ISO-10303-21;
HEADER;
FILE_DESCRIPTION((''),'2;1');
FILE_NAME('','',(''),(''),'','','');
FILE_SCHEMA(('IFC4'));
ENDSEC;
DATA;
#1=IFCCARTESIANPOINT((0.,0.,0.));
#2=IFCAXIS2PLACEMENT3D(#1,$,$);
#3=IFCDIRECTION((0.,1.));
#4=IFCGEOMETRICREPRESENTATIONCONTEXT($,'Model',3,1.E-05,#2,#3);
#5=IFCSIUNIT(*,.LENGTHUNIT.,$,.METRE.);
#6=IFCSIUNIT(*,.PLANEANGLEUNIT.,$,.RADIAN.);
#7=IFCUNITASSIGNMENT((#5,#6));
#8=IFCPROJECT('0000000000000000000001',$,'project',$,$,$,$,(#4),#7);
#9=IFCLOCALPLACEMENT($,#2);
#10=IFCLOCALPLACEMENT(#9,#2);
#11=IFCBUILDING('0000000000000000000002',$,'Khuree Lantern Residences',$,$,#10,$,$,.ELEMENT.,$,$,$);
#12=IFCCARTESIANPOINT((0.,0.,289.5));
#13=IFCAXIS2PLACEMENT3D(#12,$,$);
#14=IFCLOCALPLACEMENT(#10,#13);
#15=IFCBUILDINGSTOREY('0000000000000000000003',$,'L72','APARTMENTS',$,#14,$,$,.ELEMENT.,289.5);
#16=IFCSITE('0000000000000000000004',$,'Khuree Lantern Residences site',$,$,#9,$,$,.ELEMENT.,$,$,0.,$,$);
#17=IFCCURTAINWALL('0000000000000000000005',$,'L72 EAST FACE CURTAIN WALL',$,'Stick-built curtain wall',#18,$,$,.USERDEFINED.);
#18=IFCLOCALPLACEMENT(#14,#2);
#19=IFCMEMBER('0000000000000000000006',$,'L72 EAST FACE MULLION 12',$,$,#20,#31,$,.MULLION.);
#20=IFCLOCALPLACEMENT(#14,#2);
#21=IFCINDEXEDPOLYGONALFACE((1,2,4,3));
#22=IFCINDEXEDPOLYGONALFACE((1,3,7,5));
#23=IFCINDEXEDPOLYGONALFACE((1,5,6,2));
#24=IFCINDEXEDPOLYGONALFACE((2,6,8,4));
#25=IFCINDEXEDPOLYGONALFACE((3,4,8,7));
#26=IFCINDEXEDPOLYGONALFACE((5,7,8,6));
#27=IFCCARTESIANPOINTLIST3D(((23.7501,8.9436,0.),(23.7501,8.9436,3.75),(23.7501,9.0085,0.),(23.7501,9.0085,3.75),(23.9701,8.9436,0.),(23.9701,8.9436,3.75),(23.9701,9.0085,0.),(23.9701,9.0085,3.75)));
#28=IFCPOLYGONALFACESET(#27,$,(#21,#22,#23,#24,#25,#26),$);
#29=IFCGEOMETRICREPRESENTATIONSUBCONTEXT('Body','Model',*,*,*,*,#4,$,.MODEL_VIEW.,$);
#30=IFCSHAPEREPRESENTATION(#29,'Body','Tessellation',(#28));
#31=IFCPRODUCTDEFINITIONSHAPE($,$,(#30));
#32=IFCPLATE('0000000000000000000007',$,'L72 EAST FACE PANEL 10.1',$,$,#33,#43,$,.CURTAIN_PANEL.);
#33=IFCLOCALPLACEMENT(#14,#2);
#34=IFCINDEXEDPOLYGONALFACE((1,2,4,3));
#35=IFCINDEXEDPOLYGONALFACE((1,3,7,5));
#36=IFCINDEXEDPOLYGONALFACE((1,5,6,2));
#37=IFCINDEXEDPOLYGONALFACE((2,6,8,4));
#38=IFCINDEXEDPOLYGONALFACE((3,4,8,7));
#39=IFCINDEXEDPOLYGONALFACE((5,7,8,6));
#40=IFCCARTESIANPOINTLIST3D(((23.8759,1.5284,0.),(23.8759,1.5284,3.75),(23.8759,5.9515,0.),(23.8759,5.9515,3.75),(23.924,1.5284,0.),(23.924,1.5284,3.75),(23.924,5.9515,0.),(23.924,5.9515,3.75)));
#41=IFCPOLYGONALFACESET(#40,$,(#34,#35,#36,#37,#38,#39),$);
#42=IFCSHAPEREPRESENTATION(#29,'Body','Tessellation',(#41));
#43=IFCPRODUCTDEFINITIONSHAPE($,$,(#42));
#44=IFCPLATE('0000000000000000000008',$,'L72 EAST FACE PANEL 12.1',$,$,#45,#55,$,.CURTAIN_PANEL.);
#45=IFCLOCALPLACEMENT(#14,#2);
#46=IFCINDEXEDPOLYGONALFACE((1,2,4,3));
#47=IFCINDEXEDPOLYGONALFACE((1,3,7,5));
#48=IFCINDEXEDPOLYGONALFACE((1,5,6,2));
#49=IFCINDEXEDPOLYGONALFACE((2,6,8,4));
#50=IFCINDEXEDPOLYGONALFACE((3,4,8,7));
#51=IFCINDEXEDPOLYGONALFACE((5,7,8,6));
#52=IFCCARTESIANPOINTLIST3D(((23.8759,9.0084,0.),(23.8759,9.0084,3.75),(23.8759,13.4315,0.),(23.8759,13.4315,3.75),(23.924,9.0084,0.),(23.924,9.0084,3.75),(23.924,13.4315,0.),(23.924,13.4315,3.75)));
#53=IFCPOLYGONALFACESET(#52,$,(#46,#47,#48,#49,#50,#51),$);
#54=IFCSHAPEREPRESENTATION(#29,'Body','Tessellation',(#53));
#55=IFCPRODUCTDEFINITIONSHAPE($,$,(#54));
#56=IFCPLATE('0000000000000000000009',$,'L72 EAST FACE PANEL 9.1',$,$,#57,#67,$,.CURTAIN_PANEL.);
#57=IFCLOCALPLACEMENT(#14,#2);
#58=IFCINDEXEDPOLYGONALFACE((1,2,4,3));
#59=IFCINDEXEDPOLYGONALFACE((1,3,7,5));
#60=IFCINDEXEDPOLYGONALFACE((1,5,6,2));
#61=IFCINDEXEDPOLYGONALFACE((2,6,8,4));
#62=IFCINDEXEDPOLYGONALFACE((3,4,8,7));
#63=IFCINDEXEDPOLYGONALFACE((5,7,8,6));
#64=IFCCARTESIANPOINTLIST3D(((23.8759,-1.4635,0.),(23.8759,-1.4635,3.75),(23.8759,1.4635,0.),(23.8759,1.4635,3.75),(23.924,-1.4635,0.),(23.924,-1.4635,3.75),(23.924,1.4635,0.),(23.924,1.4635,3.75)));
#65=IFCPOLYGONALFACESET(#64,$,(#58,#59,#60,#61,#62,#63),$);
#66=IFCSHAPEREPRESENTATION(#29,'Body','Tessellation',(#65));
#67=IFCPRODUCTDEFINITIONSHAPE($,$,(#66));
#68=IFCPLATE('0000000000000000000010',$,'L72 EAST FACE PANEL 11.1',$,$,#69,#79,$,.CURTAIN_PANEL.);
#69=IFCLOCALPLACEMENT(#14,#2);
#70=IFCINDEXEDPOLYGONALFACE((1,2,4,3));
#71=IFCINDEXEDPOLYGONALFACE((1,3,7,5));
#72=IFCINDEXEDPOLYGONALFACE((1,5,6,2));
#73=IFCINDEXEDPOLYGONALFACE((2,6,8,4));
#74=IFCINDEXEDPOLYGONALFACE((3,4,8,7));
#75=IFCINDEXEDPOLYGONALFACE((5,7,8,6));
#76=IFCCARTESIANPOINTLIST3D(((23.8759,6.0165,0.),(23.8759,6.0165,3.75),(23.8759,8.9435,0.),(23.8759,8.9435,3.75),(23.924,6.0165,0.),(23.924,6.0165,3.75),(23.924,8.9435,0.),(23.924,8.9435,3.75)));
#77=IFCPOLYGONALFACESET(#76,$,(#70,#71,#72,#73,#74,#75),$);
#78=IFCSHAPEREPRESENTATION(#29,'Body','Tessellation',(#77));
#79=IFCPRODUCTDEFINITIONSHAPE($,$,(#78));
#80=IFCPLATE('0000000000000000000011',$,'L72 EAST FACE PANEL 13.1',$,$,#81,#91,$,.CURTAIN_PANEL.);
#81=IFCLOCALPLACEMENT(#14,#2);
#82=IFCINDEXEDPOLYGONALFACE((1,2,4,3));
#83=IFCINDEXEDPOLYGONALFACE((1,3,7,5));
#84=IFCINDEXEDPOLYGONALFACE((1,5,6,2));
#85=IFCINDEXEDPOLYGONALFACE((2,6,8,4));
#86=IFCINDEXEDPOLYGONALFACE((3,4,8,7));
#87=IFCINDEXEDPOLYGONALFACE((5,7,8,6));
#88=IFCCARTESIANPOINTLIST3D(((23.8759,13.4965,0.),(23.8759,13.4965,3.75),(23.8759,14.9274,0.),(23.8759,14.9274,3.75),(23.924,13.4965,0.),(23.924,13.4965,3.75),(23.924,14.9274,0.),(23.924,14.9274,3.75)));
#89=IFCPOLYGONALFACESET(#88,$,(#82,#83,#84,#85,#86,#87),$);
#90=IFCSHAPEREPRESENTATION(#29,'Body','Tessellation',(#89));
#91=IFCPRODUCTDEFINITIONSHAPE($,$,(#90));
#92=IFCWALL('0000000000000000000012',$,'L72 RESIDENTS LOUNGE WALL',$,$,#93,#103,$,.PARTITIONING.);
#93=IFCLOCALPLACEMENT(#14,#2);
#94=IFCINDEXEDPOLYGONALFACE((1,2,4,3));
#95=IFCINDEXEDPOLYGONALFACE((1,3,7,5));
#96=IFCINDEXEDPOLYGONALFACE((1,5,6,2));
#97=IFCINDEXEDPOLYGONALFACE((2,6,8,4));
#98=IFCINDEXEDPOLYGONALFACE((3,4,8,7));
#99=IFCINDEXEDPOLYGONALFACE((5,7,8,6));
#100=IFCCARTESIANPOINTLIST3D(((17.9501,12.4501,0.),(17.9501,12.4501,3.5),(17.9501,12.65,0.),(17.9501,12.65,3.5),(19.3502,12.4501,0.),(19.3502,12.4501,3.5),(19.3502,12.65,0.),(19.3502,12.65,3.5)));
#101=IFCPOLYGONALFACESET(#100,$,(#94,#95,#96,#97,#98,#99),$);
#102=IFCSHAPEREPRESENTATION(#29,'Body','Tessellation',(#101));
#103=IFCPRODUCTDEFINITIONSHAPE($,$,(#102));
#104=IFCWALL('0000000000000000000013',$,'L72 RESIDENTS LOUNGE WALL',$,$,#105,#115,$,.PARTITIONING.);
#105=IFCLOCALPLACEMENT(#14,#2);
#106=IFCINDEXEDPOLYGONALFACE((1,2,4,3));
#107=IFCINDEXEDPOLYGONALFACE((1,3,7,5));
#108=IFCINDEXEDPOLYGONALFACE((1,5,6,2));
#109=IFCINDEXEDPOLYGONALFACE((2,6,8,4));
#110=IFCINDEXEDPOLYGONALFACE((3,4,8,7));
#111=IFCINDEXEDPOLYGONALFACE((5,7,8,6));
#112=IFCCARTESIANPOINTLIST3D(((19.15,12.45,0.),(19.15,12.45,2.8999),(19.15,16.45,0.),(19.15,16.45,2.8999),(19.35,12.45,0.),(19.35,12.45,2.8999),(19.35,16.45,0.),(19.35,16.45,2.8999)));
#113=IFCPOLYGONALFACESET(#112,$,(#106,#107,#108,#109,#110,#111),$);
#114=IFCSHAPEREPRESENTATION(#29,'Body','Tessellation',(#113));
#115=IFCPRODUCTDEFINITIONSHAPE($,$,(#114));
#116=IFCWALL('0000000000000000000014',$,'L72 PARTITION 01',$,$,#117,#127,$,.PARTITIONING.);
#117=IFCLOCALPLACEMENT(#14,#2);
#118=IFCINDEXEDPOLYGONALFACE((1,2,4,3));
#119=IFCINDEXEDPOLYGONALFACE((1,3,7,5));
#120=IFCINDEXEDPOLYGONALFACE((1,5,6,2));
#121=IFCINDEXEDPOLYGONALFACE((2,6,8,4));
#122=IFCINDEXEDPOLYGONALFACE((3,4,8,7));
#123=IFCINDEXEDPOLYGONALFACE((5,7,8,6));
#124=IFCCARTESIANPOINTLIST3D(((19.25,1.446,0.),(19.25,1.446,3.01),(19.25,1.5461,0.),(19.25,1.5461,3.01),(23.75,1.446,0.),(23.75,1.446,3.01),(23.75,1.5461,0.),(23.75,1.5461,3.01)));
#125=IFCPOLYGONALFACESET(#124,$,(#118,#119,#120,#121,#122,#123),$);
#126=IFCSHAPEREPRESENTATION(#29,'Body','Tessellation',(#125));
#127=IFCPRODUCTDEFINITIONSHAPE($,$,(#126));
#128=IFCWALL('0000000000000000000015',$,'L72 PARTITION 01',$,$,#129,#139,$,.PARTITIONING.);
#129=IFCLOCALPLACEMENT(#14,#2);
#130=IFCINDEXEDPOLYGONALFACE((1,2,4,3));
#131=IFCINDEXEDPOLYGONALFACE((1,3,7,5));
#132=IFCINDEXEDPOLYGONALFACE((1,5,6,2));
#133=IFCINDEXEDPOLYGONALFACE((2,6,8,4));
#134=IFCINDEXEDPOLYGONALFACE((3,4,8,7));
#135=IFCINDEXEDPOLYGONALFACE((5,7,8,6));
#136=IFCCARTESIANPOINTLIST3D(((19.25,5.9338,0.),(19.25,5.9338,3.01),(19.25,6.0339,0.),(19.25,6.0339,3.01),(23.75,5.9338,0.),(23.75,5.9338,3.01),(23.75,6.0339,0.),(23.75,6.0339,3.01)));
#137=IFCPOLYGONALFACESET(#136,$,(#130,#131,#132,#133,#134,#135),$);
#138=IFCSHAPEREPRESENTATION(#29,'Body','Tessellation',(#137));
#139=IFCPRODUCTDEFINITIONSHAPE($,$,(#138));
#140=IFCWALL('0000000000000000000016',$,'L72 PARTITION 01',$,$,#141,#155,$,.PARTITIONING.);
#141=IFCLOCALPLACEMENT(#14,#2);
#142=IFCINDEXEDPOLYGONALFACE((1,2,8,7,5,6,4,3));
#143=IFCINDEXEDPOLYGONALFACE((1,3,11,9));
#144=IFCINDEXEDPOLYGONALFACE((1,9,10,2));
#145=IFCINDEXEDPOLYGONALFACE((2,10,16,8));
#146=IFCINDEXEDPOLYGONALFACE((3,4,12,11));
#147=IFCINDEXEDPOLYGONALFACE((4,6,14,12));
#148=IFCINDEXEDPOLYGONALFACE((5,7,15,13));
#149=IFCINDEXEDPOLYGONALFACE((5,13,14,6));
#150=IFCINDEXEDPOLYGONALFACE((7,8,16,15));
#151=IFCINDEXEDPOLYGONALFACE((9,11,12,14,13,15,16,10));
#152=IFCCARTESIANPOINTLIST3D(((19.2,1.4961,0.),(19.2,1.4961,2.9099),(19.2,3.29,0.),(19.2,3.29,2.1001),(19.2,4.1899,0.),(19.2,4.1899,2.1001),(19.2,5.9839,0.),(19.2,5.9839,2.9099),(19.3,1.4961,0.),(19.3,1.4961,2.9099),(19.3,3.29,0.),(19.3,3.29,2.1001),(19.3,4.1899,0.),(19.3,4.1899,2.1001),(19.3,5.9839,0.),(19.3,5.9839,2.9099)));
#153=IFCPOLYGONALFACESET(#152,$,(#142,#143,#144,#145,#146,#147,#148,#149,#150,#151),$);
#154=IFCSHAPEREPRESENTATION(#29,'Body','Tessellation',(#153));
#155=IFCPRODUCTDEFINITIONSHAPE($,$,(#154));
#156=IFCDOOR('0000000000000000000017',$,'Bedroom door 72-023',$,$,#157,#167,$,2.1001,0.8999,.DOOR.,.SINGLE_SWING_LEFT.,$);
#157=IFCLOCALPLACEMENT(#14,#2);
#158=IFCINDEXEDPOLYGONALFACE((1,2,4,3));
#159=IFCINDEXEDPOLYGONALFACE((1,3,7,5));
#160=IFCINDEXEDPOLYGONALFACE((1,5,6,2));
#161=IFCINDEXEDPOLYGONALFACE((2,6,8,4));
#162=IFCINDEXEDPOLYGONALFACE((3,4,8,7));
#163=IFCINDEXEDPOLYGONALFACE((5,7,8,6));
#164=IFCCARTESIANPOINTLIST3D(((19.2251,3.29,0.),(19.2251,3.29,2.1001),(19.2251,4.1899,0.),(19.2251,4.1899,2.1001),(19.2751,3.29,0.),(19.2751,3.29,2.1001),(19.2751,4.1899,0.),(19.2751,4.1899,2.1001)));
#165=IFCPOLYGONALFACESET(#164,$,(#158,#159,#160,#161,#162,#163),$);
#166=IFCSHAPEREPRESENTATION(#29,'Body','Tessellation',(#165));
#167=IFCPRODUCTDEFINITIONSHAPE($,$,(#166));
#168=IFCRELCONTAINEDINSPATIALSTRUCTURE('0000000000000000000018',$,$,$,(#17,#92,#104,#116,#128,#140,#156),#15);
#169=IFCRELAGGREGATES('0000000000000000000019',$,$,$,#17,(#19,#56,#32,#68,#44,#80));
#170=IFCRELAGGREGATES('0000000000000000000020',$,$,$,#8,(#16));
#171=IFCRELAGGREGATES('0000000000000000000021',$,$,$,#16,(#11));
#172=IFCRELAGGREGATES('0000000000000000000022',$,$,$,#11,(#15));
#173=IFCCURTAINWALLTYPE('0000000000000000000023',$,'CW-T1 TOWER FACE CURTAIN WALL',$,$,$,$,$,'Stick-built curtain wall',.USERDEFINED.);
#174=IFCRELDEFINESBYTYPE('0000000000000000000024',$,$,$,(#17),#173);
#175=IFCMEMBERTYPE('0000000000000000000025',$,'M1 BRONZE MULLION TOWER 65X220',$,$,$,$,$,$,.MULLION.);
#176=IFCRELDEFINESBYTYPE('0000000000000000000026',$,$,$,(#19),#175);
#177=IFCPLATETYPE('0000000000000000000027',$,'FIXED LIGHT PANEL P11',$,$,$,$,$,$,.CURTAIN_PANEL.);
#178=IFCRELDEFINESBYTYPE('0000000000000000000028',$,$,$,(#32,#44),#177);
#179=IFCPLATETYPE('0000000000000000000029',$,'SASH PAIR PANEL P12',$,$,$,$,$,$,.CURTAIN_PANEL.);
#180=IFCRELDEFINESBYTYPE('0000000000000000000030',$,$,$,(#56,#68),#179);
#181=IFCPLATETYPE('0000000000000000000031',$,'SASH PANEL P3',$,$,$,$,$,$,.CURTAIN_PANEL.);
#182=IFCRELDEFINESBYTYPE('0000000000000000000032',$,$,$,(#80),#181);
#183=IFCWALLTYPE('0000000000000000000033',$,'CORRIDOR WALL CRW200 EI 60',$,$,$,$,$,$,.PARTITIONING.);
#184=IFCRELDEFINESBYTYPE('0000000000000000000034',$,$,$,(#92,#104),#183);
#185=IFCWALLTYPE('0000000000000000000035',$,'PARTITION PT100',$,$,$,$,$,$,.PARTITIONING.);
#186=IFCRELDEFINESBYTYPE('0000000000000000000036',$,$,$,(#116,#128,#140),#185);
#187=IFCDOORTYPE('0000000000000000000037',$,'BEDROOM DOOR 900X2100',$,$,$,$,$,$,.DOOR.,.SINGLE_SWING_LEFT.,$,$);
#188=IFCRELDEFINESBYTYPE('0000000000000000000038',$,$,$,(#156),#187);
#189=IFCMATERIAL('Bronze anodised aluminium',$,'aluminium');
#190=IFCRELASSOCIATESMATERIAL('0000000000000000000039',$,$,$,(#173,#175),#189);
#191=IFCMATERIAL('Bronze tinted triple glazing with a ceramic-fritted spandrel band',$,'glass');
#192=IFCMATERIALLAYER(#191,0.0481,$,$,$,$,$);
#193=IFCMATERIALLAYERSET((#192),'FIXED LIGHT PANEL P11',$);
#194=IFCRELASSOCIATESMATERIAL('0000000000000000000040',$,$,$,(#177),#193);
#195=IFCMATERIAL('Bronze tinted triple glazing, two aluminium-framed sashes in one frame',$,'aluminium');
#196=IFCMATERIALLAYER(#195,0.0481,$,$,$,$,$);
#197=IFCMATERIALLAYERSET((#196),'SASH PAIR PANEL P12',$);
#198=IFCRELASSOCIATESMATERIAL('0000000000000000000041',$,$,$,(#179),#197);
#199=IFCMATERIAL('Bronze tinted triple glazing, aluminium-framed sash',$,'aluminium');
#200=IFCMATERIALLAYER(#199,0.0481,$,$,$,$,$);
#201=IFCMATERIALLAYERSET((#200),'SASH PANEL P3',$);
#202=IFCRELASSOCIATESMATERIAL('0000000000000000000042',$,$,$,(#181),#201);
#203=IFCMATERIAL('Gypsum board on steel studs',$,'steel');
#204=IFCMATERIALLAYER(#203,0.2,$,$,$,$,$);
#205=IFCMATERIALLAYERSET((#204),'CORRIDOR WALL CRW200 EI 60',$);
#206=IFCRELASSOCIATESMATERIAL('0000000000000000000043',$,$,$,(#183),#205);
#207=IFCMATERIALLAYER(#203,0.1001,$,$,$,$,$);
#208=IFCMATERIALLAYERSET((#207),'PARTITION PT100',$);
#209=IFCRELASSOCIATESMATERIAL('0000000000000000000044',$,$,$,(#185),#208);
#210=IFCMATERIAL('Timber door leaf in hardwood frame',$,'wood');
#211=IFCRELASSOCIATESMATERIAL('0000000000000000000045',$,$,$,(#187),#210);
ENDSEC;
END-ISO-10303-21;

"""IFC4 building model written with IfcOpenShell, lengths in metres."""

from ifc_helpers import new_model, si_unit, direction, frame, frame_2d, origin, origin_2d, place, context, subcontext, project, spatial, rectangle, extrude, material, layer, layer_set, material_profile, profile_set, type_object, element, fill, aggregate, save


model = new_model("IFC4")

# Units and contexts
model_context = context("Model", 3, precision=1e-05, world=origin(), true_north=direction((0.0, 1.0)))
body_context = subcontext(model_context, "Body", "Model", "MODEL_VIEW")
ifc_project = project(units=[si_unit("LENGTHUNIT", "METRE"), si_unit("PLANEANGLEUNIT", "RADIAN")], contexts=[model_context])

# Site, building, storey
site_placement = place(None, origin())
site = spatial("IfcSite", under=ifc_project, at=site_placement, Name="Khuree Lantern Residences site", CompositionType="ELEMENT", RefElevation=0.0)
building_placement = place(site_placement, origin())
building = spatial("IfcBuilding", under=site, at=building_placement, Name="Khuree Lantern Residences", CompositionType="ELEMENT")
storey_placement = place(building_placement, frame((0.0, 0.0, 289.5)))
storey = spatial("IfcBuildingStorey", under=building, at=storey_placement, Name="L72", Description="APARTMENTS", CompositionType="ELEMENT", Elevation=289.5)

# Curtain wall
ifc_material_1 = material(Name="Bronze anodised aluminium", Category="aluminium")
curtain_wall_type = type_object("IfcCurtainWallType", Name="CW-T1 TOWER FACE CURTAIN WALL", ElementType="Stick-built curtain wall", PredefinedType="USERDEFINED", material=ifc_material_1)
curtain_wall_placement = place(storey_placement, origin())
curtain_wall = element("IfcCurtainWall", 1, at=curtain_wall_placement, inside=storey, type_object=curtain_wall_type, Name="L72 EAST FACE CURTAIN WALL", ObjectType="Stick-built curtain wall", PredefinedType="USERDEFINED")

# Member
ifc_material_profile_1 = material_profile(ifc_material_1, rectangle(XDim=0.0649, YDim=0.22, at=origin_2d()), Name="M1 65X220")
ifc_profile_set_1 = profile_set([ifc_material_profile_1], Name="Bronze anodised aluminium")
member_type_1 = type_object("IfcMemberType", Name="M1 BRONZE MULLION TOWER 65X220", PredefinedType="MULLION", material=ifc_profile_set_1)
member_1_placement = place(storey_placement, frame((23.8601, 8.9761, 0.0), z_axis=(0.0, 0.0, 1.0), x_axis=(0.0, 1.0, 0.0)))
member_1 = element("IfcMember", 2, at=member_1_placement, type_object=member_type_1, Name="L72 EAST FACE MULLION 12", PredefinedType="MULLION", context=body_context, shape_type="SweptSolid", body=[
    extrude(rectangle(XDim=0.0649, YDim=0.22, at=origin_2d()), origin(), (0.0, 0.0, 1.0), 3.75),
])

# Plates
ifc_material_2 = material(Name="Bronze tinted triple glazing with a ceramic-fritted spandrel band", Category="glass")
ifc_layer_1 = layer(ifc_material_2, 0.0481)
ifc_layer_set_1 = layer_set([ifc_layer_1], Name="FIXED LIGHT PANEL P11")
plate_type_1 = type_object("IfcPlateType", Name="FIXED LIGHT PANEL P11", PredefinedType="CURTAIN_PANEL", material=ifc_layer_set_1)
plate_1_placement = place(storey_placement, frame((23.8999, 3.74, 0.0), z_axis=(0.0, 0.0, 1.0), x_axis=(0.0, 1.0, 0.0)))
plate_1 = element("IfcPlate", 3, at=plate_1_placement, type_object=plate_type_1, Name="L72 EAST FACE PANEL 10.1", PredefinedType="CURTAIN_PANEL", context=body_context, shape_type="SweptSolid", body=[
    extrude(rectangle(XDim=4.4231, YDim=0.0481, at=origin_2d()), origin(), (0.0, 0.0, 1.0), 3.75),
])
plate_2_placement = place(storey_placement, frame((23.8999, 11.22, 0.0), z_axis=(0.0, 0.0, 1.0), x_axis=(0.0, 1.0, 0.0)))
plate_2 = element("IfcPlate", 4, at=plate_2_placement, type_object=plate_type_1, Name="L72 EAST FACE PANEL 12.1", PredefinedType="CURTAIN_PANEL", context=body_context, shape_type="SweptSolid", body=[
    extrude(rectangle(XDim=4.4231, YDim=0.0481, at=origin_2d()), origin(), (0.0, 0.0, 1.0), 3.75),
])
ifc_material_3 = material(Name="Bronze tinted triple glazing, two aluminium-framed sashes in one frame", Category="aluminium")
ifc_layer_2 = layer(ifc_material_3, 0.0481)
ifc_layer_set_2 = layer_set([ifc_layer_2], Name="SASH PAIR PANEL P12")
plate_type_2 = type_object("IfcPlateType", Name="SASH PAIR PANEL P12", PredefinedType="CURTAIN_PANEL", material=ifc_layer_set_2)
plate_3_placement = place(storey_placement, frame((23.8999, 0.0, 0.0), z_axis=(0.0, 0.0, 1.0), x_axis=(0.0, 1.0, 0.0)))
plate_3 = element("IfcPlate", 5, at=plate_3_placement, type_object=plate_type_2, Name="L72 EAST FACE PANEL 9.1", PredefinedType="CURTAIN_PANEL", context=body_context, shape_type="SweptSolid", body=[
    extrude(rectangle(XDim=2.927, YDim=0.0481, at=origin_2d()), origin(), (0.0, 0.0, 1.0), 3.75),
])
plate_4_placement = place(storey_placement, frame((23.8999, 7.48, 0.0), z_axis=(0.0, 0.0, 1.0), x_axis=(0.0, 1.0, 0.0)))
plate_4 = element("IfcPlate", 6, at=plate_4_placement, type_object=plate_type_2, Name="L72 EAST FACE PANEL 11.1", PredefinedType="CURTAIN_PANEL", context=body_context, shape_type="SweptSolid", body=[
    extrude(rectangle(XDim=2.927, YDim=0.0481, at=origin_2d()), origin(), (0.0, 0.0, 1.0), 3.75),
])
ifc_material_4 = material(Name="Bronze tinted triple glazing, aluminium-framed sash", Category="aluminium")
ifc_layer_3 = layer(ifc_material_4, 0.0481)
ifc_layer_set_3 = layer_set([ifc_layer_3], Name="SASH PANEL P3")
plate_type_3 = type_object("IfcPlateType", Name="SASH PANEL P3", PredefinedType="CURTAIN_PANEL", material=ifc_layer_set_3)
plate_5_placement = place(storey_placement, frame((23.8999, 14.2119, 0.0), z_axis=(0.0, 0.0, 1.0), x_axis=(0.0, 1.0, 0.0)))
plate_5 = element("IfcPlate", 7, at=plate_5_placement, type_object=plate_type_3, Name="L72 EAST FACE PANEL 13.1", PredefinedType="CURTAIN_PANEL", context=body_context, shape_type="SweptSolid", body=[
    extrude(rectangle(XDim=1.4309, YDim=0.0481, at=origin_2d()), origin(), (0.0, 0.0, 1.0), 3.75),
])
aggregate(curtain_wall, [member_1, plate_3, plate_1, plate_4, plate_2, plate_5])

# Walls
ifc_material_5 = material(Name="Gypsum board on steel studs", Category="steel")
ifc_layer_4 = layer(ifc_material_5, 0.2)
ifc_layer_set_4 = layer_set([ifc_layer_4], Name="CORRIDOR WALL CRW200 EI 60")
wall_type_1 = type_object("IfcWallType", Name="CORRIDOR WALL CRW200 EI 60", PredefinedType="PARTITIONING", material=ifc_layer_set_4)
wall_1_placement = place(storey_placement, frame((17.95, 12.55, 0.0), z_axis=(0.0, 0.0, 1.0), x_axis=(1.0, 0.0, 0.0)))
element("IfcWall", 8, at=wall_1_placement, inside=storey, type_object=wall_type_1, Name="L72 RESIDENTS LOUNGE WALL", PredefinedType="PARTITIONING", context=body_context, shape_type="SweptSolid", body=[
    extrude(rectangle(XDim=1.4001, YDim=0.2, at=frame_2d((0.7002, 0.0))), origin(), (0.0, 0.0, 1.0), 3.5),
])
wall_2_placement = place(storey_placement, frame((19.25, 12.45, 0.0), z_axis=(0.0, 0.0, 1.0), x_axis=(0.0, 1.0, 0.0)))
element("IfcWall", 9, at=wall_2_placement, inside=storey, type_object=wall_type_1, Name="L72 RESIDENTS LOUNGE WALL", PredefinedType="PARTITIONING", context=body_context, shape_type="SweptSolid", body=[
    extrude(rectangle(XDim=4.0, YDim=0.2, at=frame_2d((2.0, 0.0))), origin(), (0.0, 0.0, 1.0), 2.8999),
])
ifc_layer_5 = layer(ifc_material_5, 0.1001)
ifc_layer_set_5 = layer_set([ifc_layer_5], Name="PARTITION PT100")
wall_type_2 = type_object("IfcWallType", Name="PARTITION PT100", PredefinedType="PARTITIONING", material=ifc_layer_set_5)
for number, where, z_axis, x_axis, name in (
    (10, (19.25, 1.4961, 0.0), (0.0, 0.0, 1.0), (1.0, 0.0, 0.0), "L72 PARTITION 01"),
    (11, (19.25, 5.9839, 0.0), (0.0, 0.0, 1.0), (1.0, 0.0, 0.0), "L72 PARTITION 01"),
):
    element("IfcWall", number, at=place(storey_placement, frame(where, z_axis=z_axis, x_axis=x_axis)), inside=storey, type_object=wall_type_2, Name=name, PredefinedType="PARTITIONING", context=body_context, shape_type="SweptSolid", body=[
        extrude(rectangle(XDim=4.5, YDim=0.1001, at=frame_2d((2.25, 0.0))), origin(), (0.0, 0.0, 1.0), 3.01),
    ])

# Wall, opening, door
wall_3_placement = place(storey_placement, frame((19.25, 1.4961, 0.0), z_axis=(0.0, 0.0, 1.0), x_axis=(0.0, 1.0, 0.0)))
wall_3 = element("IfcWall", 12, at=wall_3_placement, inside=storey, type_object=wall_type_2, Name="L72 PARTITION 01", PredefinedType="PARTITIONING", context=body_context, shape_type="SweptSolid", body=[
    extrude(rectangle(XDim=4.4878, YDim=0.1001, at=frame_2d((2.2439, 0.0))), origin(), (0.0, 0.0, 1.0), 2.9099),
])
opening_placement = place(wall_3_placement, frame((1.7939, 0.0, 0.0)))
opening = element("IfcOpeningElement", 13, at=opening_placement, cuts=wall_3, PredefinedType="OPENING", context=body_context, shape_type="SweptSolid", body=[
    extrude(rectangle(XDim=0.8999, YDim=2.1001, at=frame_2d((0.45, 1.05))), frame((0.0, 0.0601, 0.0), z_axis=(0.0, -1.0, 0.0), x_axis=(1.0, 0.0, 0.0)), (0.0, 0.0, 1.0), 0.1201),
])
ifc_material_6 = material(Name="Timber door leaf in hardwood frame", Category="wood")
door_type = type_object("IfcDoorType", Name="BEDROOM DOOR 900X2100", OperationType="SINGLE_SWING_LEFT", PredefinedType="DOOR", material=ifc_material_6)
door_placement = place(opening_placement, origin())
door = element("IfcDoor", 14, at=door_placement, inside=storey, type_object=door_type, Name="Bedroom door 72-023", OperationType="SINGLE_SWING_LEFT", OverallHeight=2.1001, OverallWidth=0.8999, PredefinedType="DOOR", context=body_context, shape_type="SweptSolid", body=[
    extrude(rectangle(XDim=0.8999, YDim=2.1001, at=frame_2d((0.45, 1.05))), frame((0.0, 0.0249, 0.0), z_axis=(0.0, -1.0, 0.0), x_axis=(1.0, 0.0, 0.0)), (0.0, 0.0, 1.0), 0.05),
])
fill(opening, door)

save(model, "model.ifc")
